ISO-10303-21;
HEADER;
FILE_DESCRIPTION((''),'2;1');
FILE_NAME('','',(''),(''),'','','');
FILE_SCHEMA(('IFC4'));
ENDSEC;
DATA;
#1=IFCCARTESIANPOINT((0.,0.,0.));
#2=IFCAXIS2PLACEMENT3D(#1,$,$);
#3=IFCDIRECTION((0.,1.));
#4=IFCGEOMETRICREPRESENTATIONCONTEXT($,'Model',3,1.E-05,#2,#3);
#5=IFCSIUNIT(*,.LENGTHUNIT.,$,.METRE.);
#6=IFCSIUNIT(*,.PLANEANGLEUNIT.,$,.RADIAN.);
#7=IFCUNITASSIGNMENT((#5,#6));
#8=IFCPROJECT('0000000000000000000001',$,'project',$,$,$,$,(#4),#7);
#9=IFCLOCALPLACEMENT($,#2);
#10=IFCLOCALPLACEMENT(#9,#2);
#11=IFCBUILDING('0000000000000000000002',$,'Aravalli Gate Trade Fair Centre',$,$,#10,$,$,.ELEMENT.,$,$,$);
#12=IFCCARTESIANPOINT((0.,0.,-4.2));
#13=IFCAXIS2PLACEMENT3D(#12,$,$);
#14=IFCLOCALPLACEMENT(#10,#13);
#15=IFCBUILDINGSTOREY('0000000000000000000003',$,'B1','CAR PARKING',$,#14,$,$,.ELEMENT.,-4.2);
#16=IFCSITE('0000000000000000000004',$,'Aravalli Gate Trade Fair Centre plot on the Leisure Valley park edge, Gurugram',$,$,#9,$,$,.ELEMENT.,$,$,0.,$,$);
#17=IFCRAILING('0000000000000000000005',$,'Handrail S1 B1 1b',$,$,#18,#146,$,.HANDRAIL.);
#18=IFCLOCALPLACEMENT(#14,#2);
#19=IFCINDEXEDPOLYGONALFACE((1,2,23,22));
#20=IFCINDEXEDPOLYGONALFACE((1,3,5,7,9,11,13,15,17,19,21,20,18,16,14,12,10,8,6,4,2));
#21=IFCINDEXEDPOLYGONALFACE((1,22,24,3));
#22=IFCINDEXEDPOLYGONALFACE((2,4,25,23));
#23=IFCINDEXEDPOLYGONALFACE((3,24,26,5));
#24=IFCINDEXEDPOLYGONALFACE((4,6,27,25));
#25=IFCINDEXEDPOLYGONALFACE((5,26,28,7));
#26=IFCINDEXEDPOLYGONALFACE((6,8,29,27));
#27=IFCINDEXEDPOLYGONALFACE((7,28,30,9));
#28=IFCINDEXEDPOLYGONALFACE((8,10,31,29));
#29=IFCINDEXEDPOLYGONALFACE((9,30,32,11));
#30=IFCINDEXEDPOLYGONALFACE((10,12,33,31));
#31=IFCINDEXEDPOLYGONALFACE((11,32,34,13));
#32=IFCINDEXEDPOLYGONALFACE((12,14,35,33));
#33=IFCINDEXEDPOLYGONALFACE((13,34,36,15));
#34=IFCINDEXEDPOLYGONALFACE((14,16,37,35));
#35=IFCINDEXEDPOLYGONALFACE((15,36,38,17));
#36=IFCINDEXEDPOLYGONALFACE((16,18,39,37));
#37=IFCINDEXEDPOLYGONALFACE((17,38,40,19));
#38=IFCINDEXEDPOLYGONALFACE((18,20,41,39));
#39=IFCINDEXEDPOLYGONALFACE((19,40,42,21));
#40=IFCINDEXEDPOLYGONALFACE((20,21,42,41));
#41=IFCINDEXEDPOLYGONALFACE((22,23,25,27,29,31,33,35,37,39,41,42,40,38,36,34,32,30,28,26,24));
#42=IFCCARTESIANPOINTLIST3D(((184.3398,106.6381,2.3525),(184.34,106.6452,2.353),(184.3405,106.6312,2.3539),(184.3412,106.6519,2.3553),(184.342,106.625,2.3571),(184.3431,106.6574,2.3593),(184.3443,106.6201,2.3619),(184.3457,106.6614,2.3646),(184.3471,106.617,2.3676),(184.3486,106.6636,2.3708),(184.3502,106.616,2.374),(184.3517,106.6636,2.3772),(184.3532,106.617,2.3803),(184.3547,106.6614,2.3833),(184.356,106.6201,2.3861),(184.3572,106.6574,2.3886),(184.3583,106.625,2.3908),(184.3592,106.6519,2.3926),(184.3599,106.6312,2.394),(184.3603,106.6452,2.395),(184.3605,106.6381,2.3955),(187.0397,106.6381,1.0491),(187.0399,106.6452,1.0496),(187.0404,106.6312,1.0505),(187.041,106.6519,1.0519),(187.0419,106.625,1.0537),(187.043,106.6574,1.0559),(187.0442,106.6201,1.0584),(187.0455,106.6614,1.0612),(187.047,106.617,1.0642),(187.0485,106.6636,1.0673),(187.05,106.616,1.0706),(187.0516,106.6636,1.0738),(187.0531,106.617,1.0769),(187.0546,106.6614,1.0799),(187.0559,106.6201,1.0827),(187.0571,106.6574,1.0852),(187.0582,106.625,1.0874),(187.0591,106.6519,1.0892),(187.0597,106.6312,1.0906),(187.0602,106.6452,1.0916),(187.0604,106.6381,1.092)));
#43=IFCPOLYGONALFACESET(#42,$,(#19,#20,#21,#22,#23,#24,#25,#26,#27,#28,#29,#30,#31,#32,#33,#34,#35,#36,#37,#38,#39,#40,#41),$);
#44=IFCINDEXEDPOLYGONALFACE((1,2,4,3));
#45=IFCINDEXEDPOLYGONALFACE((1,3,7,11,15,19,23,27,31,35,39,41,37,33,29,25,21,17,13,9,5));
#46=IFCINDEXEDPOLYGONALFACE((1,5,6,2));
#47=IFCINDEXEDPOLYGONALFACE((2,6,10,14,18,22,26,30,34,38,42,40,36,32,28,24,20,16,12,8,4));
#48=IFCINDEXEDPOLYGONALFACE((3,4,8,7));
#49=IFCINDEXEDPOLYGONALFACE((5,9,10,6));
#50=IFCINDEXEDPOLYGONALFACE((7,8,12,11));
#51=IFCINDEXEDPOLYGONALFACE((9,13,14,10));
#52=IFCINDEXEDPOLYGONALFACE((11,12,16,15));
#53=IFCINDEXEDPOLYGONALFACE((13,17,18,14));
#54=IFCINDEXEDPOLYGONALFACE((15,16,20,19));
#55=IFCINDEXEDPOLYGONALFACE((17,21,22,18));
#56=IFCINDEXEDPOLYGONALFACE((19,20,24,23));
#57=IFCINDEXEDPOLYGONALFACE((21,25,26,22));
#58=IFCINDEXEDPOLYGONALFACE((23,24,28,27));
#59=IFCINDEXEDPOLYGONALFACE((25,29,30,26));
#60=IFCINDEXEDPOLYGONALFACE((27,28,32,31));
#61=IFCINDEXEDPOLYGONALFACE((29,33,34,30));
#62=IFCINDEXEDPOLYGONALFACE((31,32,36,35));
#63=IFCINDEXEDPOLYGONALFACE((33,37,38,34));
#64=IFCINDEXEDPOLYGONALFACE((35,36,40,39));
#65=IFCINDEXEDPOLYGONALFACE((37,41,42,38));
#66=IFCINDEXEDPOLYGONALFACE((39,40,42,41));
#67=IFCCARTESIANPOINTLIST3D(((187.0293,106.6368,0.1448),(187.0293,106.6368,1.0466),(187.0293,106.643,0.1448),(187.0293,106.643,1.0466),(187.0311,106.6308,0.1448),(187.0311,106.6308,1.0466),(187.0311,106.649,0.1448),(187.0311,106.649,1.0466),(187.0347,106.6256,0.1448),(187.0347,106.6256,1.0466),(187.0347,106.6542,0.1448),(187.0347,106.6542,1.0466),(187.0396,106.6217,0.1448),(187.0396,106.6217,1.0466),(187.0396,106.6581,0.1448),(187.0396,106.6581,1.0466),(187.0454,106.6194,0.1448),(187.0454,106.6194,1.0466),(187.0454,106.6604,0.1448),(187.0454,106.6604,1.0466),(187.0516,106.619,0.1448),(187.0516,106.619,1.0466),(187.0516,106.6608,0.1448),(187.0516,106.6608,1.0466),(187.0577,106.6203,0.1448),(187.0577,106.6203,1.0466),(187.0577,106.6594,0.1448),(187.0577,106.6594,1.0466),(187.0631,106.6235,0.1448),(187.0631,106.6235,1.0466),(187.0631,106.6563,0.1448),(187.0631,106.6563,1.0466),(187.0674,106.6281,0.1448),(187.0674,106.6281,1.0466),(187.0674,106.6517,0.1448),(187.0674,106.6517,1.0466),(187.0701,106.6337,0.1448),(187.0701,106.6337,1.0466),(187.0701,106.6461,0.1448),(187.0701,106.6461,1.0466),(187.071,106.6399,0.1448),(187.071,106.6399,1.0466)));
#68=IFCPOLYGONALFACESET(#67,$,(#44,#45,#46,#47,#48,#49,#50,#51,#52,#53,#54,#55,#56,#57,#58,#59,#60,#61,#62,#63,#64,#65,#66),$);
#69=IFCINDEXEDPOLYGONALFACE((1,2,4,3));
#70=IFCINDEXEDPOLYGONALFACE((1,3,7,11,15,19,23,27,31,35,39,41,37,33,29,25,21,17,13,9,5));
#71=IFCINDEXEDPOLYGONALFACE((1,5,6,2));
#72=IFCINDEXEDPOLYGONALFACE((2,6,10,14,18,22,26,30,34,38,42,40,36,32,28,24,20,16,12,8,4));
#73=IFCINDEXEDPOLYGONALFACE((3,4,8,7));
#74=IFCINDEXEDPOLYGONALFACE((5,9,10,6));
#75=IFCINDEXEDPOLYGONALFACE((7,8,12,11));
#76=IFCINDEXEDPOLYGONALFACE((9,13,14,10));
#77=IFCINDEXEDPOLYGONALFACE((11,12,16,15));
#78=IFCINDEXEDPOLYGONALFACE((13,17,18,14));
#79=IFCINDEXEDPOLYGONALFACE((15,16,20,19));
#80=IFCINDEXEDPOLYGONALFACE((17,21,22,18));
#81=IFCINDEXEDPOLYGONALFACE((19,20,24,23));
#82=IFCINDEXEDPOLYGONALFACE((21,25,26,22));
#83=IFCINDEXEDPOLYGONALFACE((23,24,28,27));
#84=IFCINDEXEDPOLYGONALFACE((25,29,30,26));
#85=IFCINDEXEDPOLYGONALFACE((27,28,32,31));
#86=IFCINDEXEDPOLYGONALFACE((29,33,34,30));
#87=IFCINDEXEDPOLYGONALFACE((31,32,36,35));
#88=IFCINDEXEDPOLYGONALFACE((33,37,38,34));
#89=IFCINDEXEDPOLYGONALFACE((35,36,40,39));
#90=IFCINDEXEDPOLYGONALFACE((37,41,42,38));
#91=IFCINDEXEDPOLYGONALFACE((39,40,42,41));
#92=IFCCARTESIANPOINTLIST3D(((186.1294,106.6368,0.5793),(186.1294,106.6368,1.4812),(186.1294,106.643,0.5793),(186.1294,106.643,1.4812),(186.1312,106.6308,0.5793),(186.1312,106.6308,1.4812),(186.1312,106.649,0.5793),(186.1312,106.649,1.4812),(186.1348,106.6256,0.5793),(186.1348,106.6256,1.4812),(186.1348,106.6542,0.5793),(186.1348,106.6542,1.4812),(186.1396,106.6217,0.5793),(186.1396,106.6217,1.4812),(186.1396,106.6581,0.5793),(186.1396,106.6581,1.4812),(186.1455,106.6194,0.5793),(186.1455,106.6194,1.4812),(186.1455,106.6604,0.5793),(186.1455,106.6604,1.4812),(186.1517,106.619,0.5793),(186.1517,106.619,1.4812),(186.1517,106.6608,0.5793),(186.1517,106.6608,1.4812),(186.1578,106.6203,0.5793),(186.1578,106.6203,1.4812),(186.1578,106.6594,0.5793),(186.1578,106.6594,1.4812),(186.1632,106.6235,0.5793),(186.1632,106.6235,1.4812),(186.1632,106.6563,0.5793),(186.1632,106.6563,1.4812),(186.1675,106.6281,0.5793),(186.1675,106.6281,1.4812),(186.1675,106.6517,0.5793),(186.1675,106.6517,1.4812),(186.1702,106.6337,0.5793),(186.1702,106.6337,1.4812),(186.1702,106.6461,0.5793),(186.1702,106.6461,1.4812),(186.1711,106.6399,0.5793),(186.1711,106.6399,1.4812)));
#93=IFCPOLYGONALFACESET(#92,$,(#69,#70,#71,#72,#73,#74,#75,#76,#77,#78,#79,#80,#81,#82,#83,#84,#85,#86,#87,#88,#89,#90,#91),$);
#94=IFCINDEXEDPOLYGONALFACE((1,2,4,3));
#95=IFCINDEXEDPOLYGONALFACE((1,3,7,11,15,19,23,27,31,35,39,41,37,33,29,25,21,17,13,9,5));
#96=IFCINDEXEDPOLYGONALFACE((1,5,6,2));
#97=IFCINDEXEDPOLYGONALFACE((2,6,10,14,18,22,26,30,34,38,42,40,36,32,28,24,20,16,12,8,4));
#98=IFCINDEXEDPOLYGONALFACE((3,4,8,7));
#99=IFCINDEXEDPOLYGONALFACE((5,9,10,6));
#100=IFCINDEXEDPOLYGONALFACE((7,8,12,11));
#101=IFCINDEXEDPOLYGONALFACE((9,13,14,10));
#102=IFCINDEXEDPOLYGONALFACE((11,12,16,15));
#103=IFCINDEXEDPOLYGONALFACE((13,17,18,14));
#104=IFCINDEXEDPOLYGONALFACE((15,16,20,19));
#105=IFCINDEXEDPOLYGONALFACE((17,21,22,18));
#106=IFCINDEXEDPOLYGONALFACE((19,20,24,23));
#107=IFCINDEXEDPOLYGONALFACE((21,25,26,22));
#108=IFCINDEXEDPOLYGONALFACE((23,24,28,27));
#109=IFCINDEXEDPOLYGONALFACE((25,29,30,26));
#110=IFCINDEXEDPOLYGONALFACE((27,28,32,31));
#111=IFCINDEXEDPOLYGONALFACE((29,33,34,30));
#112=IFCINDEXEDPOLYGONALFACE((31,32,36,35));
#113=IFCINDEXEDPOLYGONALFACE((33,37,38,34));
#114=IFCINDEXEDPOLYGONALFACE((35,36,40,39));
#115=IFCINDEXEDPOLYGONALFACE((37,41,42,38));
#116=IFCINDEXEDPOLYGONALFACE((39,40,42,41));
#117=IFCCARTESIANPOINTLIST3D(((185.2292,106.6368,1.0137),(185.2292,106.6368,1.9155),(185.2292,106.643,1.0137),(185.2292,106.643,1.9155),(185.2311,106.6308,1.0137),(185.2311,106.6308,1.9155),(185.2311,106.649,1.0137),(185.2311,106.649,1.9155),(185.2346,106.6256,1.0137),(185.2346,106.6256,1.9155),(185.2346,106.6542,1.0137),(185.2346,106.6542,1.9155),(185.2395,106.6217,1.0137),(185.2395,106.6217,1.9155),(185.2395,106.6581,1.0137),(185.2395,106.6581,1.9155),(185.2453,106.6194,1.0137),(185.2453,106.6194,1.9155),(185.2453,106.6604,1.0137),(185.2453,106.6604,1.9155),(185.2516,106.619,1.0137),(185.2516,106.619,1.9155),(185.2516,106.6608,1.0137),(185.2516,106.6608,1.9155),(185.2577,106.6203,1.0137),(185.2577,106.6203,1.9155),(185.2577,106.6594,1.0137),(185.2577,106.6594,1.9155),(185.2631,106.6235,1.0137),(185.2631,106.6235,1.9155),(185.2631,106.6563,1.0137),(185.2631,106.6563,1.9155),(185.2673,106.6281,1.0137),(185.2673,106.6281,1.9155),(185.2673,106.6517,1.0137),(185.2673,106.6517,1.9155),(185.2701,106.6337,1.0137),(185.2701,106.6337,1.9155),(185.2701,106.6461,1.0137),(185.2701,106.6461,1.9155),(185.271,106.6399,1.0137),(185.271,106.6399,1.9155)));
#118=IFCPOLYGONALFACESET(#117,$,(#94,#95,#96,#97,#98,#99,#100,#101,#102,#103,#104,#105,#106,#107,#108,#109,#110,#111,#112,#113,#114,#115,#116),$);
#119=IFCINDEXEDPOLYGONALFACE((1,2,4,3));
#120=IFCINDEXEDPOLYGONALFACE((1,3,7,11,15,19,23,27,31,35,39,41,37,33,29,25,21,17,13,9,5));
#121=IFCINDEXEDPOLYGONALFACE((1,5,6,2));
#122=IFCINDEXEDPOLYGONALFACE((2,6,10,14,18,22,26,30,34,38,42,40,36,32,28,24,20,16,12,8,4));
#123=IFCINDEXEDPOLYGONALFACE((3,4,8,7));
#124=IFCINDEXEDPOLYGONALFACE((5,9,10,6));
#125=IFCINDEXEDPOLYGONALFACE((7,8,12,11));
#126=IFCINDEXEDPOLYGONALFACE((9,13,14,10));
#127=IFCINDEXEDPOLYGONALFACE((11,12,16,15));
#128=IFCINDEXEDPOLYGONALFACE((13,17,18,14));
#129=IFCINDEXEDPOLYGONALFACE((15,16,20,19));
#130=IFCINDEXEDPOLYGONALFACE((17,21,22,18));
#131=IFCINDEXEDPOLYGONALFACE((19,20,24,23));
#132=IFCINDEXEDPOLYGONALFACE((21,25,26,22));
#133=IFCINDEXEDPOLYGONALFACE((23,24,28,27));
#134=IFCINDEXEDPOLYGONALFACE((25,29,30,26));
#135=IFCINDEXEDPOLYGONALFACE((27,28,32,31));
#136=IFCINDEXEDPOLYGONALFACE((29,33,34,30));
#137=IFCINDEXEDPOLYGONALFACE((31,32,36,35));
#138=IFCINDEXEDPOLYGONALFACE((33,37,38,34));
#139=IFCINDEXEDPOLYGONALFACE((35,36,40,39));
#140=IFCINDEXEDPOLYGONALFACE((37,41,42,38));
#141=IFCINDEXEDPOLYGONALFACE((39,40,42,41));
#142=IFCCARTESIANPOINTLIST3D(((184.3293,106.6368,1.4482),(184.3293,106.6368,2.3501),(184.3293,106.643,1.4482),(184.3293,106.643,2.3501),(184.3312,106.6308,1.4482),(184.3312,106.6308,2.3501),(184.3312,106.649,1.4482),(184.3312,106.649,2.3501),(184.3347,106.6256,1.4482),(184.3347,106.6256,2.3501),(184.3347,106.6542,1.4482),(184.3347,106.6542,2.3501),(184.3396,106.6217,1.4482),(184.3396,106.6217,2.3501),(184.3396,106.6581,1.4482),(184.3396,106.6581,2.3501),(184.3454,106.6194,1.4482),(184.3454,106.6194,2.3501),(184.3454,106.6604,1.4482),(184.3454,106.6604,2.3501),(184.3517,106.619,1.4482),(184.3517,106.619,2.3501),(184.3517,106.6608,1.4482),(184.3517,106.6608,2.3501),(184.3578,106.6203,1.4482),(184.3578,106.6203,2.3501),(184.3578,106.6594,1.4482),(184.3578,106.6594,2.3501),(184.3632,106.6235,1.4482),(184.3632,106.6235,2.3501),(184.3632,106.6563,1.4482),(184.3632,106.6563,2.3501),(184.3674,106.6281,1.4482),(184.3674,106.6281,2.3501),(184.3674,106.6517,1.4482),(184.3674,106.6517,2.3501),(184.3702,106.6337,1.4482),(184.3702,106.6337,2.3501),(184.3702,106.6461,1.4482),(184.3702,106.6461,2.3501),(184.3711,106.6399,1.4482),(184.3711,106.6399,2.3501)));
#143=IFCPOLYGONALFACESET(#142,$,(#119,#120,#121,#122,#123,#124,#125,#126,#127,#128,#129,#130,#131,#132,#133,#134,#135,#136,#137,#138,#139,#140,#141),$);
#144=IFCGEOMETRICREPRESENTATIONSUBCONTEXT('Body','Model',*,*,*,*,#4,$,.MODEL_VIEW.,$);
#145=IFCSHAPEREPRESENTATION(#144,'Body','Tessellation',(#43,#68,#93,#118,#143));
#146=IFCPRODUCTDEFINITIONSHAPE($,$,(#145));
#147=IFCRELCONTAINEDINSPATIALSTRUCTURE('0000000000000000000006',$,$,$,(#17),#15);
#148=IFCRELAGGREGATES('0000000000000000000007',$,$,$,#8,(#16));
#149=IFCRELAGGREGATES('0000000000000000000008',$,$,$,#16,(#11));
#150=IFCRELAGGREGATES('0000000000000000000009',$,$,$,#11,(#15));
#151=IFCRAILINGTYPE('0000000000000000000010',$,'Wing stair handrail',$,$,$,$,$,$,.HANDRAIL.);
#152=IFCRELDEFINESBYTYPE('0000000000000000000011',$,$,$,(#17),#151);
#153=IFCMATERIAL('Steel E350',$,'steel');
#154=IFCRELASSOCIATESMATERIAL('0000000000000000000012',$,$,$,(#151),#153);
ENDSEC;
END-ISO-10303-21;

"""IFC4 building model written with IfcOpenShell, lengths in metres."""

from ifc_helpers import new_model, si_unit, direction, frame, origin, origin_2d, place, context, subcontext, project, spatial, circle, extrude, material, type_object, element, save


model = new_model("IFC4")

# Units and contexts
model_context = context("Model", 3, precision=1e-05, world=origin(), true_north=direction((0.0, 1.0)))
body_context = subcontext(model_context, "Body", "Model", "MODEL_VIEW")
ifc_project = project(units=[si_unit("LENGTHUNIT", "METRE"), si_unit("PLANEANGLEUNIT", "RADIAN")], contexts=[model_context])

# Site, building, storey
site_placement = place(None, origin())
site = spatial("IfcSite", under=ifc_project, at=site_placement, Name="Aravalli Gate Trade Fair Centre plot on the Leisure Valley park edge, Gurugram", CompositionType="ELEMENT", RefElevation=0.0)
building_placement = place(site_placement, origin())
building = spatial("IfcBuilding", under=site, at=building_placement, Name="Aravalli Gate Trade Fair Centre", CompositionType="ELEMENT")
storey_placement = place(building_placement, frame((0.0, 0.0, -4.2)))
storey = spatial("IfcBuildingStorey", under=building, at=storey_placement, Name="B1", Description="CAR PARKING", CompositionType="ELEMENT", Elevation=-4.2)

# Shared definitions
ifc_material_1 = material(Name="Steel E350", Category="steel")

# Railing
railing_type_1 = type_object("IfcRailingType", Name="Wing stair handrail", PredefinedType="HANDRAIL", material=ifc_material_1)
for number, where, name in (
    (1, (187.05, 106.6399, 0.1448), "Handrail S1 B1 1b"),
):
    element("IfcRailing", number, at=place(storey_placement, frame(where)), inside=storey, type_object=railing_type_1, Name=name, PredefinedType="HANDRAIL", context=body_context, shape_type="SweptSolid", body=[
        extrude(circle(Radius=0.0239, at=origin_2d()), frame((0.0, 0.0, 0.9258), z_axis=(-0.900546, 0.0, 0.43476), x_axis=(0.0, -1.0, 0.0)), (0.0, 0.0, 1.0), 2.998),
        extrude(circle(Radius=0.021, at=origin_2d()), origin(), (0.0, 0.0, 1.0), 0.9019),
        extrude(circle(Radius=0.021, at=origin_2d()), frame((-0.8999, 0.0, 0.4346)), (0.0, 0.0, 1.0), 0.9019),
        extrude(circle(Radius=0.021, at=origin_2d()), frame((-1.8, 0.0, 0.8689)), (0.0, 0.0, 1.0), 0.9019),
        extrude(circle(Radius=0.021, at=origin_2d()), frame((-2.7, 0.0, 1.3035)), (0.0, 0.0, 1.0), 0.9019),
    ])

save(model, "model.ifc")
